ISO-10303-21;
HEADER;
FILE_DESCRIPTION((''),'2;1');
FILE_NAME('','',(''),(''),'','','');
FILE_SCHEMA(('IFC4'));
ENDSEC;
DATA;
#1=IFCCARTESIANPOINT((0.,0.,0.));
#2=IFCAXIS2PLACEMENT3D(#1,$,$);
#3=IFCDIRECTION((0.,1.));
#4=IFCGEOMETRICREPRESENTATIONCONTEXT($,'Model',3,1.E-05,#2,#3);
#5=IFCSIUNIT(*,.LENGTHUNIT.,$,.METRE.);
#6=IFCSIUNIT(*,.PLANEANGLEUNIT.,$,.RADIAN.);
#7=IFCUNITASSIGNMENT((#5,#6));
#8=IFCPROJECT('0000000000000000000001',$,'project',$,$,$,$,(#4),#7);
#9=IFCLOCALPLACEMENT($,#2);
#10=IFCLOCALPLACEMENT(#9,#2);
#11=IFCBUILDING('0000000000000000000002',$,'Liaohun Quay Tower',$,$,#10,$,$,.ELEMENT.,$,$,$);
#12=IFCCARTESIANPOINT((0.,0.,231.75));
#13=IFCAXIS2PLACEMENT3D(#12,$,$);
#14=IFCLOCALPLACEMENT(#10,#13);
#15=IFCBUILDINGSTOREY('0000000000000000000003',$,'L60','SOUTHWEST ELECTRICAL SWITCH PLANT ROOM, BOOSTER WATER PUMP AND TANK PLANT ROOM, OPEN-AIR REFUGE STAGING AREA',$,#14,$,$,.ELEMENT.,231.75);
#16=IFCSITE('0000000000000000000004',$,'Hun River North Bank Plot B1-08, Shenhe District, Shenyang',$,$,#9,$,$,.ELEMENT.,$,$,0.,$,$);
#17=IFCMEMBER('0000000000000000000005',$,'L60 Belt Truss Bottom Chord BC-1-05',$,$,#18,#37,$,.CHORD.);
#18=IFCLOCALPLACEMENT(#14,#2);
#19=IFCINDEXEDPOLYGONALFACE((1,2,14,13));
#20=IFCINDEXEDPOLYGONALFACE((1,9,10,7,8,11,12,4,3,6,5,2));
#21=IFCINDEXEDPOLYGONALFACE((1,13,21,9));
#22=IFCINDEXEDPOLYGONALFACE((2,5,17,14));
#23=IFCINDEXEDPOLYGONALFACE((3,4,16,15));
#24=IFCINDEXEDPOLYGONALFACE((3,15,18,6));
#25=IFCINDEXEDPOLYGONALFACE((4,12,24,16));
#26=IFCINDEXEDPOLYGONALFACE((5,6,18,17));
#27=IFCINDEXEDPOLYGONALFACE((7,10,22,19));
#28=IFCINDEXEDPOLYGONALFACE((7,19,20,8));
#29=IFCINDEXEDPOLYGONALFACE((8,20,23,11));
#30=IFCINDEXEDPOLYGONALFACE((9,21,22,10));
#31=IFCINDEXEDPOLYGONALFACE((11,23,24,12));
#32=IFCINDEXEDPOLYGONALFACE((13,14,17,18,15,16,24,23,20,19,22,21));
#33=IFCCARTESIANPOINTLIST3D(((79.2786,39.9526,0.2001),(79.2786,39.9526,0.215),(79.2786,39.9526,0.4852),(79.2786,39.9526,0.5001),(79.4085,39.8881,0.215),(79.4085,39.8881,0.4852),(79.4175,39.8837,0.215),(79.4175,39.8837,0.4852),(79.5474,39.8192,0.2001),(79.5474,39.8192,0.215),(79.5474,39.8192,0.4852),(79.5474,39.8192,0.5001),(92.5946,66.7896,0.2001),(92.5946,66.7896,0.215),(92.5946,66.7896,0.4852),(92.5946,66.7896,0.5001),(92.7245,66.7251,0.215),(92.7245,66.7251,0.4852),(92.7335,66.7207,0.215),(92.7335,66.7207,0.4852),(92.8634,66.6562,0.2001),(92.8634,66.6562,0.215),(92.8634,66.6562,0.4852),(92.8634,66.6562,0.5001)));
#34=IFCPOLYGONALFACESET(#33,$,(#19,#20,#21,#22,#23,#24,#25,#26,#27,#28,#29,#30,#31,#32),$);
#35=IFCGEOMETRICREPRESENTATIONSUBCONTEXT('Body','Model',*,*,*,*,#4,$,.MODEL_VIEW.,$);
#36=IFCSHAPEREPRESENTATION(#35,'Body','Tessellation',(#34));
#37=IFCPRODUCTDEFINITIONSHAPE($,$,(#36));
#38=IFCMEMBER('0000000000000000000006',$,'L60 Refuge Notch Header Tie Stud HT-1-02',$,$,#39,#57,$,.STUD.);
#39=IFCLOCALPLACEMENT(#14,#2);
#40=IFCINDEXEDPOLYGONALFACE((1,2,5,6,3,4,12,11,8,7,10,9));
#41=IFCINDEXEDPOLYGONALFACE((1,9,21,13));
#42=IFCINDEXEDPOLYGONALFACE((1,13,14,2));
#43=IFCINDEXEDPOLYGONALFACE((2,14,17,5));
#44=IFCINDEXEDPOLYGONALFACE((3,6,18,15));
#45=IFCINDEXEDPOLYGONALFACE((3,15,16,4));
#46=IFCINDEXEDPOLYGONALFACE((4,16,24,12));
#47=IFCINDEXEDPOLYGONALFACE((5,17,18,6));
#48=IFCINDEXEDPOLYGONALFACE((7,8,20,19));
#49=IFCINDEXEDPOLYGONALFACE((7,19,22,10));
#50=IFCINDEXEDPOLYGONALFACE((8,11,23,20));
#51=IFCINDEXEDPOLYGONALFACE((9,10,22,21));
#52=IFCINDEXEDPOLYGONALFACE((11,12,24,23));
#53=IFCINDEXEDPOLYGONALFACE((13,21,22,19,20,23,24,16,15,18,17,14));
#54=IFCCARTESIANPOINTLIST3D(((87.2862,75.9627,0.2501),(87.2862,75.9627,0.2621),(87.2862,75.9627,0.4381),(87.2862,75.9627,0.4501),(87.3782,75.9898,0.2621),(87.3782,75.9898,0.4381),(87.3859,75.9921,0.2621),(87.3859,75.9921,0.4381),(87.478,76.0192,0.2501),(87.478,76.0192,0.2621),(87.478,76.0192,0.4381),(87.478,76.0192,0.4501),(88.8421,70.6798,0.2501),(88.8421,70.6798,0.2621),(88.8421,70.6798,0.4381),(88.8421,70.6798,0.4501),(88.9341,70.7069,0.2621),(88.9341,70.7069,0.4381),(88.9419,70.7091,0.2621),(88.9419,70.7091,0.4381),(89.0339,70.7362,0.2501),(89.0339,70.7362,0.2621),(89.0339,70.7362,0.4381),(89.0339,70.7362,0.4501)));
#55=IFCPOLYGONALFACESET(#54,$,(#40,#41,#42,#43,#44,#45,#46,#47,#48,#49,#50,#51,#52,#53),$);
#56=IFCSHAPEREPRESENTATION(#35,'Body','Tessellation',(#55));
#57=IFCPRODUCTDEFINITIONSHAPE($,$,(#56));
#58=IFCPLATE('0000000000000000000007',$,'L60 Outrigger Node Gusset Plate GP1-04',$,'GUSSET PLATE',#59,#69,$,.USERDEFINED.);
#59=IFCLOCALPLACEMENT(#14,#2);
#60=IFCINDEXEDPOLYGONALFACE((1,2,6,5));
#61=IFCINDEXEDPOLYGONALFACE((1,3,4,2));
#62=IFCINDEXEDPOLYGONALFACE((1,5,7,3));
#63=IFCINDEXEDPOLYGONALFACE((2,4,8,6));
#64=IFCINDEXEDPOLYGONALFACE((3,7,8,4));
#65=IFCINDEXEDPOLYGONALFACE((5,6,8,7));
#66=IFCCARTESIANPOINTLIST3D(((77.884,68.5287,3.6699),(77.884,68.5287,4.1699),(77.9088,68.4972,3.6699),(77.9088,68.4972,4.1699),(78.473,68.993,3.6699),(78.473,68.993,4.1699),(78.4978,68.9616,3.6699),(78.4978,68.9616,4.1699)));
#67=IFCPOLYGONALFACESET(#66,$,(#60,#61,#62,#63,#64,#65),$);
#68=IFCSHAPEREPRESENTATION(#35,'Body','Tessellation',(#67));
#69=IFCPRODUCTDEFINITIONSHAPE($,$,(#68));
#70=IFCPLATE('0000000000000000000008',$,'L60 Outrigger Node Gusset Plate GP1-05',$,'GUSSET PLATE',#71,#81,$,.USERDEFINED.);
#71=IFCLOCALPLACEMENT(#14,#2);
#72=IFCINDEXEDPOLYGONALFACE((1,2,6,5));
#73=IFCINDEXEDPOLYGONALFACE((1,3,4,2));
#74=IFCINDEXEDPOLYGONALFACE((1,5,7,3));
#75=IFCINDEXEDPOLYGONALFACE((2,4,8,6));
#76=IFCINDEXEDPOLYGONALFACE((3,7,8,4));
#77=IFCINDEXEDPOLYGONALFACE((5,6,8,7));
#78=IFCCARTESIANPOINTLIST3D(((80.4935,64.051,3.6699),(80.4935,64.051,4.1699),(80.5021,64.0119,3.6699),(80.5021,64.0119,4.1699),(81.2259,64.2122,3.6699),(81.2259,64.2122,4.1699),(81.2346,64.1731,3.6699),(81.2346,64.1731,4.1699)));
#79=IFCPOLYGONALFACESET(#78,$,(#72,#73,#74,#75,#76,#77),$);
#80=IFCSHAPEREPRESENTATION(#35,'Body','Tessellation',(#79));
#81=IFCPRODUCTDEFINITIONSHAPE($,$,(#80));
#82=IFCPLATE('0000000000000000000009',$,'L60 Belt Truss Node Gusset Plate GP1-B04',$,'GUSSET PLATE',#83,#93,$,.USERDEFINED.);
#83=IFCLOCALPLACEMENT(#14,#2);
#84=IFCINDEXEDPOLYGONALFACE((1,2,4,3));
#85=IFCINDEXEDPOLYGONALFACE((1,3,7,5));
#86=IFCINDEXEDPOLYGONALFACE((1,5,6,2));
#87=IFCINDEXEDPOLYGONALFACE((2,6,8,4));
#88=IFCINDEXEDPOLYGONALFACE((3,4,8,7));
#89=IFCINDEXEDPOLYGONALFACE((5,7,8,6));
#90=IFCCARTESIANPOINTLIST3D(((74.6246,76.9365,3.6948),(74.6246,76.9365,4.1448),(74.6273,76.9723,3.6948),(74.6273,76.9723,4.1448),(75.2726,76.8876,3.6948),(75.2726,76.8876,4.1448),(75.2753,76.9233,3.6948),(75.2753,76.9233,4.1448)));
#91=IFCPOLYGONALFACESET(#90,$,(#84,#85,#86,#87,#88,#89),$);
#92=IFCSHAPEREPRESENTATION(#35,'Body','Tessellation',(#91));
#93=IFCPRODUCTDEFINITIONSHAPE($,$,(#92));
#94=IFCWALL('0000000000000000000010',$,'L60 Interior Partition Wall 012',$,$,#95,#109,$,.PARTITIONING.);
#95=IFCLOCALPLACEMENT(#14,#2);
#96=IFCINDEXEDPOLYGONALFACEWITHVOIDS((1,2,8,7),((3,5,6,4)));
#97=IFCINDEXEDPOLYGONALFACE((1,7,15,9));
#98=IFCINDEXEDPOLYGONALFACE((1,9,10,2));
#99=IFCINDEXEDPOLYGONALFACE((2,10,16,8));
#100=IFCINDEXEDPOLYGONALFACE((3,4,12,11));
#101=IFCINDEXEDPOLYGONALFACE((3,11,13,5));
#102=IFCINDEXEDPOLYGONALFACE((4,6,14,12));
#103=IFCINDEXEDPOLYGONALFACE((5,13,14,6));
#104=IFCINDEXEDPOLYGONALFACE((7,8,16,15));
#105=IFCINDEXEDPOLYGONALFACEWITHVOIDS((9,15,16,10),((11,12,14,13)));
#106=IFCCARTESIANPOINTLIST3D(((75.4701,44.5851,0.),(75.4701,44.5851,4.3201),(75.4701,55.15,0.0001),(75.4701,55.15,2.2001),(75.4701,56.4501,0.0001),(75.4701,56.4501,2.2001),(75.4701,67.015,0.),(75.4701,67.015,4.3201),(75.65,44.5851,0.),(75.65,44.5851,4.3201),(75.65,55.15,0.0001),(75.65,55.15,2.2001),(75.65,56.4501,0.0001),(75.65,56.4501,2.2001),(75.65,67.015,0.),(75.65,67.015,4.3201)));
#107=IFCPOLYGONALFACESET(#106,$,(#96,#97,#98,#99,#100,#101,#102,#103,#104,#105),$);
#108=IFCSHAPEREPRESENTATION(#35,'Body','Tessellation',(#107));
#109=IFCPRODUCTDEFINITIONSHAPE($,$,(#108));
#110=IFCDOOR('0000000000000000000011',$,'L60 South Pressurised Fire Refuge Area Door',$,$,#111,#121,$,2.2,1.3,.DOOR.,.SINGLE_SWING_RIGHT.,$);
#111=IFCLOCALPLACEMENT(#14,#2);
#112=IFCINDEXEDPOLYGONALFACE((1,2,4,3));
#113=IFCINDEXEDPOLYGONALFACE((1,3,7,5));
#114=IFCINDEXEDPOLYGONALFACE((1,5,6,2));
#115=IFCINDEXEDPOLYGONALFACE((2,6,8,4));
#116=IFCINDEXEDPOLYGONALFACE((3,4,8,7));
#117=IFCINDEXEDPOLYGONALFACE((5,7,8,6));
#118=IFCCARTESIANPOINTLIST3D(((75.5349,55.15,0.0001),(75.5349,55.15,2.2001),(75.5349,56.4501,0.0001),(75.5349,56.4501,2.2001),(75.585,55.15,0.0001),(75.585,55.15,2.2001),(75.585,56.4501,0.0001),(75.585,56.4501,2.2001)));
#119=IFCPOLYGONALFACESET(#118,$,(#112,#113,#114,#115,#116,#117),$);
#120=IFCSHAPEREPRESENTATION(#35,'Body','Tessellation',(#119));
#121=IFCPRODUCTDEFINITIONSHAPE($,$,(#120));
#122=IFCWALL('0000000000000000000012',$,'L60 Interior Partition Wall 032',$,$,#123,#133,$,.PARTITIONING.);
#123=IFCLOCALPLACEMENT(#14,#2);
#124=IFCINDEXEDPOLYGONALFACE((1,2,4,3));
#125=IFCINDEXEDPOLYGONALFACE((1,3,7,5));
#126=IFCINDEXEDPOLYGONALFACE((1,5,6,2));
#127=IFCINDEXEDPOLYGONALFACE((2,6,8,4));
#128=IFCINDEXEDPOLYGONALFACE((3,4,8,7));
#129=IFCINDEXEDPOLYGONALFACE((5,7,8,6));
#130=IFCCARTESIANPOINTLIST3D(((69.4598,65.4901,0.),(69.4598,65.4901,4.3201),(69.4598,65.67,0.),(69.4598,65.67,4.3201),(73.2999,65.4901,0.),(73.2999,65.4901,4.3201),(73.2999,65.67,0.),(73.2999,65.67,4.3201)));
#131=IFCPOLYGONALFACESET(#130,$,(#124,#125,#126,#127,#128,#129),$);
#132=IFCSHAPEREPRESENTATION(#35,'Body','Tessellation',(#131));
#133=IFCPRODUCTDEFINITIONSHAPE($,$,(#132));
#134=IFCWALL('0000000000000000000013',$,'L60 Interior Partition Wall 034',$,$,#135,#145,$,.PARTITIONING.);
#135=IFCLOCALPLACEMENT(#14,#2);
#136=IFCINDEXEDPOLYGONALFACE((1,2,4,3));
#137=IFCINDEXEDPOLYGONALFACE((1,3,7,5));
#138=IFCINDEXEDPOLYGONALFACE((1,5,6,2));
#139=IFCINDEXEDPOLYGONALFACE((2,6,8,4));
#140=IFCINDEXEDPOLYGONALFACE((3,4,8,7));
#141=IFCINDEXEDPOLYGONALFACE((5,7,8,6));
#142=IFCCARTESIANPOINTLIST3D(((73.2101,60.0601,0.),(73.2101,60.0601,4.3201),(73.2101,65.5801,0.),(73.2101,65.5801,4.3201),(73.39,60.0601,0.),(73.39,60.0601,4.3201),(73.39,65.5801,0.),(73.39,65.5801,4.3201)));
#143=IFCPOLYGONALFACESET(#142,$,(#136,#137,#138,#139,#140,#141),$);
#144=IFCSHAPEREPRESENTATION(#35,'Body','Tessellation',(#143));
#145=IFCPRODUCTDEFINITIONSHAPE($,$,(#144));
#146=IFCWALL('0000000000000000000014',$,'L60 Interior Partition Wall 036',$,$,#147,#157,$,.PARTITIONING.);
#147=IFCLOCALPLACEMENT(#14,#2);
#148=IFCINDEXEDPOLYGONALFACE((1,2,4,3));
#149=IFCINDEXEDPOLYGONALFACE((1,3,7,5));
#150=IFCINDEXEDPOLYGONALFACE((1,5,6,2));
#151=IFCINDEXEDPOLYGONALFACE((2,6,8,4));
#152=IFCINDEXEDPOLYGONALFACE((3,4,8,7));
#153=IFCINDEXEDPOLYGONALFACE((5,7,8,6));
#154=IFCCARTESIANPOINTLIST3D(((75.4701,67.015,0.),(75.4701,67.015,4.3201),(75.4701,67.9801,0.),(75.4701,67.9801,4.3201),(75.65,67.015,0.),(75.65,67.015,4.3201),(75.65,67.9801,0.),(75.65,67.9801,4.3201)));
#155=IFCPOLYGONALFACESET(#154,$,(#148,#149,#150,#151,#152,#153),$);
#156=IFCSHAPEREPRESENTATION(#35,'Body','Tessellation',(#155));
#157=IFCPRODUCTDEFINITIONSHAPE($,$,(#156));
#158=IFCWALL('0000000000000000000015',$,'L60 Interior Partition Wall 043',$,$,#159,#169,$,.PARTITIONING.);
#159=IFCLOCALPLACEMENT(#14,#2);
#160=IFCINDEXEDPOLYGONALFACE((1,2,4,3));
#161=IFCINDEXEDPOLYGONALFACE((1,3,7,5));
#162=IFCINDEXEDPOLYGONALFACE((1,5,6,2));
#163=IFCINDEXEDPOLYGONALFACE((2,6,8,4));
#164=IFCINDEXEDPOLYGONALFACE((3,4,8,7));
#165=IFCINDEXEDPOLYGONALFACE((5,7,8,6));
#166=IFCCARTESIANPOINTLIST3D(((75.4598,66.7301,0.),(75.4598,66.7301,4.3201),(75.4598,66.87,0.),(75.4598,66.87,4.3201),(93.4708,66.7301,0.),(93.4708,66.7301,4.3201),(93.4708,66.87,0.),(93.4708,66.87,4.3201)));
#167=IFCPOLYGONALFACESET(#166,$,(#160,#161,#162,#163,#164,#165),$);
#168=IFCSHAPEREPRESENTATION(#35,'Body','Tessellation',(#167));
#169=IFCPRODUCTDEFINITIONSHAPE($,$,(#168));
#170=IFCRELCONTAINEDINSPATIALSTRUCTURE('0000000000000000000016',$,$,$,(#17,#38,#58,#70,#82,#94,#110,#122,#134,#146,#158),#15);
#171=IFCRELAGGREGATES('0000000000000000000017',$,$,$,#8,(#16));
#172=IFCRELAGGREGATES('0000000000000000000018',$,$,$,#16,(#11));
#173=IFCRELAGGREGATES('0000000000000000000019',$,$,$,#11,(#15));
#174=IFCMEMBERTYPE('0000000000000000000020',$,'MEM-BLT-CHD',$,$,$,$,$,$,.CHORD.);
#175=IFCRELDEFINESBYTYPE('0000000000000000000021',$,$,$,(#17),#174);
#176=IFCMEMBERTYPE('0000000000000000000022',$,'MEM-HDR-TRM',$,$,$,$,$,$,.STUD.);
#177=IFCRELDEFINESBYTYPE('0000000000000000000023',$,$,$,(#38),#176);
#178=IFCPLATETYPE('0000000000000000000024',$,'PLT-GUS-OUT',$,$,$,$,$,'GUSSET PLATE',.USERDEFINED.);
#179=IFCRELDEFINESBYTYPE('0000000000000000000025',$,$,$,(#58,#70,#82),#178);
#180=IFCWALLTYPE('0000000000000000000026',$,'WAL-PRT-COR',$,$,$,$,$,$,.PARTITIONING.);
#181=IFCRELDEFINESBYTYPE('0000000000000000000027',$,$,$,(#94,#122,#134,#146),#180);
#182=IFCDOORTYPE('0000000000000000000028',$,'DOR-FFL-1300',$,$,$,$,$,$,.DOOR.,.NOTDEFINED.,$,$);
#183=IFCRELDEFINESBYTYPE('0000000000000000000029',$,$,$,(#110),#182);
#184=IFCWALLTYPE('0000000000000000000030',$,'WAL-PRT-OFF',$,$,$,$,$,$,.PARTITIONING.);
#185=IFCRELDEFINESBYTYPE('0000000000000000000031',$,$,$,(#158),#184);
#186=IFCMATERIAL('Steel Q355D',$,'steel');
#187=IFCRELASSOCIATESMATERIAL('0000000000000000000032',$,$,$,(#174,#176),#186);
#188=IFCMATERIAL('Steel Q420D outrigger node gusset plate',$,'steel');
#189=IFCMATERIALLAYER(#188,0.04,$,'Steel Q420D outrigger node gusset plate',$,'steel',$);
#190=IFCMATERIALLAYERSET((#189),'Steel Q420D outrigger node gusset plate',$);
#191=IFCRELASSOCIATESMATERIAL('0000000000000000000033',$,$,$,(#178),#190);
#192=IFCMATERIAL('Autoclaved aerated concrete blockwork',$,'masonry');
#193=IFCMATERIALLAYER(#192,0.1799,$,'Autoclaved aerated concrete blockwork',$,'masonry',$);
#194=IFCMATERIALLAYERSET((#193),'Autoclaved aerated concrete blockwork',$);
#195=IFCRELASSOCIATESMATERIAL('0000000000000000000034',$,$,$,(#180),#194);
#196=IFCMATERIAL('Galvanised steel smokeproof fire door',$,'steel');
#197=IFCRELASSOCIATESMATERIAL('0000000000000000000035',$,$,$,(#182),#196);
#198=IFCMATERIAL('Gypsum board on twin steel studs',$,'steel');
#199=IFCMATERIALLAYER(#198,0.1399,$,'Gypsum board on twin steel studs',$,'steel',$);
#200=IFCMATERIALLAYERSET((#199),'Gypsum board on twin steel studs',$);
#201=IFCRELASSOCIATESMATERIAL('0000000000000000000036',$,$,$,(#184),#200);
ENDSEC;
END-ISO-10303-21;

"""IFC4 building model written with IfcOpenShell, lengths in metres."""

from ifc_helpers import new_model, si_unit, direction, frame, frame_2d, origin, origin_2d, place, context, subcontext, project, spatial, rectangle, i_section, extrude, source, transform, mapped, material, layer, layer_set, material_profile, profile_set, type_object, element, fill, save


model = new_model("IFC4")

# Units and contexts
model_context = context("Model", 3, precision=1e-05, world=origin(), true_north=direction((0.0, 1.0)))
body_context = subcontext(model_context, "Body", "Model", "MODEL_VIEW")
ifc_project = project(units=[si_unit("LENGTHUNIT", "METRE"), si_unit("PLANEANGLEUNIT", "RADIAN")], contexts=[model_context])

# Site, building, storey
site_placement = place(None, origin())
site = spatial("IfcSite", under=ifc_project, at=site_placement, Name="Hun River North Bank Plot B1-08, Shenhe District, Shenyang", CompositionType="ELEMENT", RefElevation=0.0)
building_placement = place(site_placement, origin())
building = spatial("IfcBuilding", under=site, at=building_placement, Name="Liaohun Quay Tower", CompositionType="ELEMENT")
storey_placement = place(building_placement, frame((0.0, 0.0, 231.75)))
storey = spatial("IfcBuildingStorey", under=building, at=storey_placement, Name="L60", Description="SOUTHWEST ELECTRICAL SWITCH PLANT ROOM, BOOSTER WATER PUMP AND TANK PLANT ROOM, OPEN-AIR REFUGE STAGING AREA", CompositionType="ELEMENT", Elevation=231.75)

# Shared definitions
ifc_material_1 = material(Name="Steel Q355D", Category="steel")

# Members
ifc_material_profile_1 = material_profile(ifc_material_1, i_section(OverallWidth=0.3, OverallDepth=0.3, WebThickness=0.01, FlangeThickness=0.0149, at=origin_2d()), Name="HW300x300x10x15")
ifc_profile_set_1 = profile_set([ifc_material_profile_1], Name="Steel Q355D")
member_type_1 = type_object("IfcMemberType", Name="MEM-BLT-CHD", PredefinedType="CHORD", material=ifc_profile_set_1)
shared_shape_1 = source(origin(), body_context, "Body", "SweptSolid", [
    extrude(i_section(OverallWidth=0.3, OverallDepth=0.3, WebThickness=0.01, FlangeThickness=0.0149, at=origin_2d()), origin(), (0.0, 0.0, 1.0), 29.959),
])
member_1_placement = place(storey_placement, frame((92.729, 66.7229, 0.3501), z_axis=(-0.444473, -0.895792, 0.0), x_axis=(0.895792, -0.444473, 0.0)))
element("IfcMember", 1, at=member_1_placement, inside=storey, type_object=member_type_1, Name="L60 Belt Truss Bottom Chord BC-1-05", PredefinedType="CHORD", context=body_context, shape_type="MappedRepresentation", body=[
    mapped(shared_shape_1, transform((0.0, 0.0, 0.0), x_axis=(1.0, 0.0, 0.0), y_axis=(0.0, 1.0, 0.0), z_axis=(0.0, 0.0, 1.0), scale=1.0)),
])
ifc_material_profile_2 = material_profile(ifc_material_1, i_section(OverallWidth=0.2, OverallDepth=0.2, WebThickness=0.0081, FlangeThickness=0.012, at=origin_2d()), Name="HW200x200x8x12")
ifc_profile_set_2 = profile_set([ifc_material_profile_2], Name="Steel Q355D")
member_type_2 = type_object("IfcMemberType", Name="MEM-HDR-TRM", PredefinedType="STUD", material=ifc_profile_set_2)
shared_shape_2 = source(origin(), body_context, "Body", "SweptSolid", [
    extrude(i_section(OverallWidth=0.2, OverallDepth=0.2, WebThickness=0.0081, FlangeThickness=0.012, at=origin_2d()), origin(), (0.0, 0.0, 1.0), 5.5073),
])
member_2_placement = place(storey_placement, frame((87.3821, 75.991, 0.3501), z_axis=(0.282517, -0.959262, 0.0), x_axis=(0.959262, 0.282517, 0.0)))
element("IfcMember", 2, at=member_2_placement, inside=storey, type_object=member_type_2, Name="L60 Refuge Notch Header Tie Stud HT-1-02", PredefinedType="STUD", context=body_context, shape_type="MappedRepresentation", body=[
    mapped(shared_shape_2, transform((0.0, 0.0, 0.0), x_axis=(1.0, 0.0, 0.0), y_axis=(0.0, 1.0, 0.0), z_axis=(0.0, 0.0, 1.0), scale=1.0)),
])

# Plates
ifc_material_2 = material(Name="Steel Q420D outrigger node gusset plate", Category="steel")
ifc_layer_1 = layer(ifc_material_2, 0.04, Name="Steel Q420D outrigger node gusset plate", Category="steel")
ifc_layer_set_1 = layer_set([ifc_layer_1], Name="Steel Q420D outrigger node gusset plate")
plate_type = type_object("IfcPlateType", Name="PLT-GUS-OUT", ElementType="GUSSET PLATE", PredefinedType="USERDEFINED", material=ifc_layer_set_1)
shared_shape_3 = source(origin(), body_context, "Body", "SweptSolid", [
    extrude(rectangle(XDim=0.75, YDim=0.04, at=origin_2d()), origin(), (0.0, 0.0, 1.0), 0.5),
])
for number, where, z_axis, x_axis, name in (
    (3, (78.1909, 68.7451, 3.6699), (0.0, 0.0, 1.0), (0.785317, 0.619094, 0.0), "L60 Outrigger Node Gusset Plate GP1-04"),
    (4, (80.864, 64.1121, 3.6699), (0.0, 0.0, 1.0), (0.976635, 0.214906, 0.0), "L60 Outrigger Node Gusset Plate GP1-05"),
):
    element("IfcPlate", number, at=place(storey_placement, frame(where, z_axis=z_axis, x_axis=x_axis)), inside=storey, type_object=plate_type, Name=name, ObjectType="GUSSET PLATE", PredefinedType="USERDEFINED", context=body_context, shape_type="MappedRepresentation", body=[
        mapped(shared_shape_3, transform((0.0, 0.0, 0.0), x_axis=(1.0, 0.0, 0.0), y_axis=(0.0, 1.0, 0.0), z_axis=(0.0, 0.0, 1.0), scale=1.0)),
    ])
shared_shape_4 = source(origin(), body_context, "Body", "SweptSolid", [
    extrude(rectangle(XDim=0.6499, YDim=0.0359, at=origin_2d()), origin(), (0.0, 0.0, 1.0), 0.45),
])
plate_placement = place(storey_placement, frame((74.95, 76.9299, 3.6948), z_axis=(0.0, 0.0, 1.0), x_axis=(0.997159, -0.075327, 0.0)))
element("IfcPlate", 5, at=plate_placement, inside=storey, type_object=plate_type, Name="L60 Belt Truss Node Gusset Plate GP1-B04", ObjectType="GUSSET PLATE", PredefinedType="USERDEFINED", context=body_context, shape_type="MappedRepresentation", body=[
    mapped(shared_shape_4, transform((0.0, 0.0, 0.0), x_axis=(1.0, 0.0, 0.0), y_axis=(0.0, 1.0, 0.0), z_axis=(0.0, 0.0, 1.0), scale=1.0)),
])

# Wall, opening, door
ifc_material_3 = material(Name="Autoclaved aerated concrete blockwork", Category="masonry")
ifc_layer_2 = layer(ifc_material_3, 0.1799, Name="Autoclaved aerated concrete blockwork", Category="masonry")
ifc_layer_set_2 = layer_set([ifc_layer_2], Name="Autoclaved aerated concrete blockwork")
wall_type_1 = type_object("IfcWallType", Name="WAL-PRT-COR", PredefinedType="PARTITIONING", material=ifc_layer_set_2)
wall_1_placement = place(storey_placement, frame((75.5601, 67.0149, 0.0), z_axis=(0.0, 0.0, 1.0), x_axis=(0.0, -1.0, 0.0)))
wall_1 = element("IfcWall", 6, at=wall_1_placement, inside=storey, type_object=wall_type_1, Name="L60 Interior Partition Wall 012", PredefinedType="PARTITIONING", context=body_context, shape_type="SweptSolid", body=[
    extrude(rectangle(XDim=22.4299, YDim=0.1799, at=frame_2d((11.2148, 0.0))), origin(), (0.0, 0.0, 1.0), 4.3201),
])
shared_shape_5 = source(origin(), body_context, "Body", "SweptSolid", [
    extrude(rectangle(XDim=1.3, YDim=2.2, at=frame_2d((0.6499, 1.1001))), frame((0.0, 0.0999, 0.0), z_axis=(0.0, -1.0, 0.0), x_axis=(1.0, 0.0, 0.0)), (0.0, 0.0, 1.0), 0.2),
])
opening_placement = place(wall_1_placement, frame((10.5649, 0.0, 0.0)))
opening = element("IfcOpeningElement", 7, at=opening_placement, cuts=wall_1, PredefinedType="OPENING", context=body_context, shape_type="MappedRepresentation", body=[
    mapped(shared_shape_5, transform((0.0, 0.0, 0.0), x_axis=(1.0, 0.0, 0.0), y_axis=(0.0, 1.0, 0.0), z_axis=(0.0, 0.0, 1.0), scale=1.0)),
])
ifc_material_4 = material(Name="Galvanised steel smokeproof fire door", Category="steel")
door_type = type_object("IfcDoorType", Name="DOR-FFL-1300", OperationType="NOTDEFINED", PredefinedType="DOOR", material=ifc_material_4)
shared_shape_6 = source(origin(), body_context, "Body", "SweptSolid", [
    extrude(rectangle(XDim=1.3, YDim=2.2, at=frame_2d((0.6499, 1.1001))), frame((0.0, 0.0249, 0.0), z_axis=(0.0, -1.0, 0.0), x_axis=(1.0, 0.0, 0.0)), (0.0, 0.0, 1.0), 0.05),
])
door_placement = place(opening_placement, origin())
door = element("IfcDoor", 8, at=door_placement, inside=storey, type_object=door_type, Name="L60 South Pressurised Fire Refuge Area Door", OperationType="SINGLE_SWING_RIGHT", OverallHeight=2.2, OverallWidth=1.3, PredefinedType="DOOR", context=body_context, shape_type="MappedRepresentation", body=[
    mapped(shared_shape_6, transform((0.0, 0.0, 0.0), x_axis=(1.0, 0.0, 0.0), y_axis=(0.0, 1.0, 0.0), z_axis=(0.0, 0.0, 1.0), scale=1.0)),
])
fill(opening, door)

# Walls
wall_2_placement = place(storey_placement, frame((69.46, 65.5801, 0.0), z_axis=(0.0, 0.0, 1.0), x_axis=(1.0, 0.0, 0.0)))
element("IfcWall", 9, at=wall_2_placement, inside=storey, type_object=wall_type_1, Name="L60 Interior Partition Wall 032", PredefinedType="PARTITIONING", context=body_context, shape_type="SweptSolid", body=[
    extrude(rectangle(XDim=3.8401, YDim=0.1799, at=frame_2d((1.9199, 0.0))), origin(), (0.0, 0.0, 1.0), 4.3201),
])
wall_3_placement = place(storey_placement, frame((73.3, 60.0601, 0.0), z_axis=(0.0, 0.0, 1.0), x_axis=(0.0, 1.0, 0.0)))
element("IfcWall", 10, at=wall_3_placement, inside=storey, type_object=wall_type_1, Name="L60 Interior Partition Wall 034", PredefinedType="PARTITIONING", context=body_context, shape_type="SweptSolid", body=[
    extrude(rectangle(XDim=5.52, YDim=0.1799, at=frame_2d((2.76, 0.0))), origin(), (0.0, 0.0, 1.0), 4.3201),
])
wall_4_placement = place(storey_placement, frame((75.5601, 67.98, 0.0), z_axis=(0.0, 0.0, 1.0), x_axis=(0.0, -1.0, 0.0)))
element("IfcWall", 11, at=wall_4_placement, inside=storey, type_object=wall_type_1, Name="L60 Interior Partition Wall 036", PredefinedType="PARTITIONING", context=body_context, shape_type="SweptSolid", body=[
    extrude(rectangle(XDim=0.9651, YDim=0.1799, at=frame_2d((0.4824, 0.0))), origin(), (0.0, 0.0, 1.0), 4.3201),
])
ifc_material_5 = material(Name="Gypsum board on twin steel studs", Category="steel")
ifc_layer_3 = layer(ifc_material_5, 0.1399, Name="Gypsum board on twin steel studs", Category="steel")
ifc_layer_set_3 = layer_set([ifc_layer_3], Name="Gypsum board on twin steel studs")
wall_type_2 = type_object("IfcWallType", Name="WAL-PRT-OFF", PredefinedType="PARTITIONING", material=ifc_layer_set_3)
wall_5_placement = place(storey_placement, frame((75.46, 66.8, 0.0), z_axis=(0.0, 0.0, 1.0), x_axis=(1.0, 0.0, 0.0)))
element("IfcWall", 12, at=wall_5_placement, inside=storey, type_object=wall_type_2, Name="L60 Interior Partition Wall 043", PredefinedType="PARTITIONING", context=body_context, shape_type="SweptSolid", body=[
    extrude(rectangle(XDim=18.011, YDim=0.1399, at=frame_2d((9.0054, 0.0))), origin(), (0.0, 0.0, 1.0), 4.3201),
])

save(model, "model.ifc")
